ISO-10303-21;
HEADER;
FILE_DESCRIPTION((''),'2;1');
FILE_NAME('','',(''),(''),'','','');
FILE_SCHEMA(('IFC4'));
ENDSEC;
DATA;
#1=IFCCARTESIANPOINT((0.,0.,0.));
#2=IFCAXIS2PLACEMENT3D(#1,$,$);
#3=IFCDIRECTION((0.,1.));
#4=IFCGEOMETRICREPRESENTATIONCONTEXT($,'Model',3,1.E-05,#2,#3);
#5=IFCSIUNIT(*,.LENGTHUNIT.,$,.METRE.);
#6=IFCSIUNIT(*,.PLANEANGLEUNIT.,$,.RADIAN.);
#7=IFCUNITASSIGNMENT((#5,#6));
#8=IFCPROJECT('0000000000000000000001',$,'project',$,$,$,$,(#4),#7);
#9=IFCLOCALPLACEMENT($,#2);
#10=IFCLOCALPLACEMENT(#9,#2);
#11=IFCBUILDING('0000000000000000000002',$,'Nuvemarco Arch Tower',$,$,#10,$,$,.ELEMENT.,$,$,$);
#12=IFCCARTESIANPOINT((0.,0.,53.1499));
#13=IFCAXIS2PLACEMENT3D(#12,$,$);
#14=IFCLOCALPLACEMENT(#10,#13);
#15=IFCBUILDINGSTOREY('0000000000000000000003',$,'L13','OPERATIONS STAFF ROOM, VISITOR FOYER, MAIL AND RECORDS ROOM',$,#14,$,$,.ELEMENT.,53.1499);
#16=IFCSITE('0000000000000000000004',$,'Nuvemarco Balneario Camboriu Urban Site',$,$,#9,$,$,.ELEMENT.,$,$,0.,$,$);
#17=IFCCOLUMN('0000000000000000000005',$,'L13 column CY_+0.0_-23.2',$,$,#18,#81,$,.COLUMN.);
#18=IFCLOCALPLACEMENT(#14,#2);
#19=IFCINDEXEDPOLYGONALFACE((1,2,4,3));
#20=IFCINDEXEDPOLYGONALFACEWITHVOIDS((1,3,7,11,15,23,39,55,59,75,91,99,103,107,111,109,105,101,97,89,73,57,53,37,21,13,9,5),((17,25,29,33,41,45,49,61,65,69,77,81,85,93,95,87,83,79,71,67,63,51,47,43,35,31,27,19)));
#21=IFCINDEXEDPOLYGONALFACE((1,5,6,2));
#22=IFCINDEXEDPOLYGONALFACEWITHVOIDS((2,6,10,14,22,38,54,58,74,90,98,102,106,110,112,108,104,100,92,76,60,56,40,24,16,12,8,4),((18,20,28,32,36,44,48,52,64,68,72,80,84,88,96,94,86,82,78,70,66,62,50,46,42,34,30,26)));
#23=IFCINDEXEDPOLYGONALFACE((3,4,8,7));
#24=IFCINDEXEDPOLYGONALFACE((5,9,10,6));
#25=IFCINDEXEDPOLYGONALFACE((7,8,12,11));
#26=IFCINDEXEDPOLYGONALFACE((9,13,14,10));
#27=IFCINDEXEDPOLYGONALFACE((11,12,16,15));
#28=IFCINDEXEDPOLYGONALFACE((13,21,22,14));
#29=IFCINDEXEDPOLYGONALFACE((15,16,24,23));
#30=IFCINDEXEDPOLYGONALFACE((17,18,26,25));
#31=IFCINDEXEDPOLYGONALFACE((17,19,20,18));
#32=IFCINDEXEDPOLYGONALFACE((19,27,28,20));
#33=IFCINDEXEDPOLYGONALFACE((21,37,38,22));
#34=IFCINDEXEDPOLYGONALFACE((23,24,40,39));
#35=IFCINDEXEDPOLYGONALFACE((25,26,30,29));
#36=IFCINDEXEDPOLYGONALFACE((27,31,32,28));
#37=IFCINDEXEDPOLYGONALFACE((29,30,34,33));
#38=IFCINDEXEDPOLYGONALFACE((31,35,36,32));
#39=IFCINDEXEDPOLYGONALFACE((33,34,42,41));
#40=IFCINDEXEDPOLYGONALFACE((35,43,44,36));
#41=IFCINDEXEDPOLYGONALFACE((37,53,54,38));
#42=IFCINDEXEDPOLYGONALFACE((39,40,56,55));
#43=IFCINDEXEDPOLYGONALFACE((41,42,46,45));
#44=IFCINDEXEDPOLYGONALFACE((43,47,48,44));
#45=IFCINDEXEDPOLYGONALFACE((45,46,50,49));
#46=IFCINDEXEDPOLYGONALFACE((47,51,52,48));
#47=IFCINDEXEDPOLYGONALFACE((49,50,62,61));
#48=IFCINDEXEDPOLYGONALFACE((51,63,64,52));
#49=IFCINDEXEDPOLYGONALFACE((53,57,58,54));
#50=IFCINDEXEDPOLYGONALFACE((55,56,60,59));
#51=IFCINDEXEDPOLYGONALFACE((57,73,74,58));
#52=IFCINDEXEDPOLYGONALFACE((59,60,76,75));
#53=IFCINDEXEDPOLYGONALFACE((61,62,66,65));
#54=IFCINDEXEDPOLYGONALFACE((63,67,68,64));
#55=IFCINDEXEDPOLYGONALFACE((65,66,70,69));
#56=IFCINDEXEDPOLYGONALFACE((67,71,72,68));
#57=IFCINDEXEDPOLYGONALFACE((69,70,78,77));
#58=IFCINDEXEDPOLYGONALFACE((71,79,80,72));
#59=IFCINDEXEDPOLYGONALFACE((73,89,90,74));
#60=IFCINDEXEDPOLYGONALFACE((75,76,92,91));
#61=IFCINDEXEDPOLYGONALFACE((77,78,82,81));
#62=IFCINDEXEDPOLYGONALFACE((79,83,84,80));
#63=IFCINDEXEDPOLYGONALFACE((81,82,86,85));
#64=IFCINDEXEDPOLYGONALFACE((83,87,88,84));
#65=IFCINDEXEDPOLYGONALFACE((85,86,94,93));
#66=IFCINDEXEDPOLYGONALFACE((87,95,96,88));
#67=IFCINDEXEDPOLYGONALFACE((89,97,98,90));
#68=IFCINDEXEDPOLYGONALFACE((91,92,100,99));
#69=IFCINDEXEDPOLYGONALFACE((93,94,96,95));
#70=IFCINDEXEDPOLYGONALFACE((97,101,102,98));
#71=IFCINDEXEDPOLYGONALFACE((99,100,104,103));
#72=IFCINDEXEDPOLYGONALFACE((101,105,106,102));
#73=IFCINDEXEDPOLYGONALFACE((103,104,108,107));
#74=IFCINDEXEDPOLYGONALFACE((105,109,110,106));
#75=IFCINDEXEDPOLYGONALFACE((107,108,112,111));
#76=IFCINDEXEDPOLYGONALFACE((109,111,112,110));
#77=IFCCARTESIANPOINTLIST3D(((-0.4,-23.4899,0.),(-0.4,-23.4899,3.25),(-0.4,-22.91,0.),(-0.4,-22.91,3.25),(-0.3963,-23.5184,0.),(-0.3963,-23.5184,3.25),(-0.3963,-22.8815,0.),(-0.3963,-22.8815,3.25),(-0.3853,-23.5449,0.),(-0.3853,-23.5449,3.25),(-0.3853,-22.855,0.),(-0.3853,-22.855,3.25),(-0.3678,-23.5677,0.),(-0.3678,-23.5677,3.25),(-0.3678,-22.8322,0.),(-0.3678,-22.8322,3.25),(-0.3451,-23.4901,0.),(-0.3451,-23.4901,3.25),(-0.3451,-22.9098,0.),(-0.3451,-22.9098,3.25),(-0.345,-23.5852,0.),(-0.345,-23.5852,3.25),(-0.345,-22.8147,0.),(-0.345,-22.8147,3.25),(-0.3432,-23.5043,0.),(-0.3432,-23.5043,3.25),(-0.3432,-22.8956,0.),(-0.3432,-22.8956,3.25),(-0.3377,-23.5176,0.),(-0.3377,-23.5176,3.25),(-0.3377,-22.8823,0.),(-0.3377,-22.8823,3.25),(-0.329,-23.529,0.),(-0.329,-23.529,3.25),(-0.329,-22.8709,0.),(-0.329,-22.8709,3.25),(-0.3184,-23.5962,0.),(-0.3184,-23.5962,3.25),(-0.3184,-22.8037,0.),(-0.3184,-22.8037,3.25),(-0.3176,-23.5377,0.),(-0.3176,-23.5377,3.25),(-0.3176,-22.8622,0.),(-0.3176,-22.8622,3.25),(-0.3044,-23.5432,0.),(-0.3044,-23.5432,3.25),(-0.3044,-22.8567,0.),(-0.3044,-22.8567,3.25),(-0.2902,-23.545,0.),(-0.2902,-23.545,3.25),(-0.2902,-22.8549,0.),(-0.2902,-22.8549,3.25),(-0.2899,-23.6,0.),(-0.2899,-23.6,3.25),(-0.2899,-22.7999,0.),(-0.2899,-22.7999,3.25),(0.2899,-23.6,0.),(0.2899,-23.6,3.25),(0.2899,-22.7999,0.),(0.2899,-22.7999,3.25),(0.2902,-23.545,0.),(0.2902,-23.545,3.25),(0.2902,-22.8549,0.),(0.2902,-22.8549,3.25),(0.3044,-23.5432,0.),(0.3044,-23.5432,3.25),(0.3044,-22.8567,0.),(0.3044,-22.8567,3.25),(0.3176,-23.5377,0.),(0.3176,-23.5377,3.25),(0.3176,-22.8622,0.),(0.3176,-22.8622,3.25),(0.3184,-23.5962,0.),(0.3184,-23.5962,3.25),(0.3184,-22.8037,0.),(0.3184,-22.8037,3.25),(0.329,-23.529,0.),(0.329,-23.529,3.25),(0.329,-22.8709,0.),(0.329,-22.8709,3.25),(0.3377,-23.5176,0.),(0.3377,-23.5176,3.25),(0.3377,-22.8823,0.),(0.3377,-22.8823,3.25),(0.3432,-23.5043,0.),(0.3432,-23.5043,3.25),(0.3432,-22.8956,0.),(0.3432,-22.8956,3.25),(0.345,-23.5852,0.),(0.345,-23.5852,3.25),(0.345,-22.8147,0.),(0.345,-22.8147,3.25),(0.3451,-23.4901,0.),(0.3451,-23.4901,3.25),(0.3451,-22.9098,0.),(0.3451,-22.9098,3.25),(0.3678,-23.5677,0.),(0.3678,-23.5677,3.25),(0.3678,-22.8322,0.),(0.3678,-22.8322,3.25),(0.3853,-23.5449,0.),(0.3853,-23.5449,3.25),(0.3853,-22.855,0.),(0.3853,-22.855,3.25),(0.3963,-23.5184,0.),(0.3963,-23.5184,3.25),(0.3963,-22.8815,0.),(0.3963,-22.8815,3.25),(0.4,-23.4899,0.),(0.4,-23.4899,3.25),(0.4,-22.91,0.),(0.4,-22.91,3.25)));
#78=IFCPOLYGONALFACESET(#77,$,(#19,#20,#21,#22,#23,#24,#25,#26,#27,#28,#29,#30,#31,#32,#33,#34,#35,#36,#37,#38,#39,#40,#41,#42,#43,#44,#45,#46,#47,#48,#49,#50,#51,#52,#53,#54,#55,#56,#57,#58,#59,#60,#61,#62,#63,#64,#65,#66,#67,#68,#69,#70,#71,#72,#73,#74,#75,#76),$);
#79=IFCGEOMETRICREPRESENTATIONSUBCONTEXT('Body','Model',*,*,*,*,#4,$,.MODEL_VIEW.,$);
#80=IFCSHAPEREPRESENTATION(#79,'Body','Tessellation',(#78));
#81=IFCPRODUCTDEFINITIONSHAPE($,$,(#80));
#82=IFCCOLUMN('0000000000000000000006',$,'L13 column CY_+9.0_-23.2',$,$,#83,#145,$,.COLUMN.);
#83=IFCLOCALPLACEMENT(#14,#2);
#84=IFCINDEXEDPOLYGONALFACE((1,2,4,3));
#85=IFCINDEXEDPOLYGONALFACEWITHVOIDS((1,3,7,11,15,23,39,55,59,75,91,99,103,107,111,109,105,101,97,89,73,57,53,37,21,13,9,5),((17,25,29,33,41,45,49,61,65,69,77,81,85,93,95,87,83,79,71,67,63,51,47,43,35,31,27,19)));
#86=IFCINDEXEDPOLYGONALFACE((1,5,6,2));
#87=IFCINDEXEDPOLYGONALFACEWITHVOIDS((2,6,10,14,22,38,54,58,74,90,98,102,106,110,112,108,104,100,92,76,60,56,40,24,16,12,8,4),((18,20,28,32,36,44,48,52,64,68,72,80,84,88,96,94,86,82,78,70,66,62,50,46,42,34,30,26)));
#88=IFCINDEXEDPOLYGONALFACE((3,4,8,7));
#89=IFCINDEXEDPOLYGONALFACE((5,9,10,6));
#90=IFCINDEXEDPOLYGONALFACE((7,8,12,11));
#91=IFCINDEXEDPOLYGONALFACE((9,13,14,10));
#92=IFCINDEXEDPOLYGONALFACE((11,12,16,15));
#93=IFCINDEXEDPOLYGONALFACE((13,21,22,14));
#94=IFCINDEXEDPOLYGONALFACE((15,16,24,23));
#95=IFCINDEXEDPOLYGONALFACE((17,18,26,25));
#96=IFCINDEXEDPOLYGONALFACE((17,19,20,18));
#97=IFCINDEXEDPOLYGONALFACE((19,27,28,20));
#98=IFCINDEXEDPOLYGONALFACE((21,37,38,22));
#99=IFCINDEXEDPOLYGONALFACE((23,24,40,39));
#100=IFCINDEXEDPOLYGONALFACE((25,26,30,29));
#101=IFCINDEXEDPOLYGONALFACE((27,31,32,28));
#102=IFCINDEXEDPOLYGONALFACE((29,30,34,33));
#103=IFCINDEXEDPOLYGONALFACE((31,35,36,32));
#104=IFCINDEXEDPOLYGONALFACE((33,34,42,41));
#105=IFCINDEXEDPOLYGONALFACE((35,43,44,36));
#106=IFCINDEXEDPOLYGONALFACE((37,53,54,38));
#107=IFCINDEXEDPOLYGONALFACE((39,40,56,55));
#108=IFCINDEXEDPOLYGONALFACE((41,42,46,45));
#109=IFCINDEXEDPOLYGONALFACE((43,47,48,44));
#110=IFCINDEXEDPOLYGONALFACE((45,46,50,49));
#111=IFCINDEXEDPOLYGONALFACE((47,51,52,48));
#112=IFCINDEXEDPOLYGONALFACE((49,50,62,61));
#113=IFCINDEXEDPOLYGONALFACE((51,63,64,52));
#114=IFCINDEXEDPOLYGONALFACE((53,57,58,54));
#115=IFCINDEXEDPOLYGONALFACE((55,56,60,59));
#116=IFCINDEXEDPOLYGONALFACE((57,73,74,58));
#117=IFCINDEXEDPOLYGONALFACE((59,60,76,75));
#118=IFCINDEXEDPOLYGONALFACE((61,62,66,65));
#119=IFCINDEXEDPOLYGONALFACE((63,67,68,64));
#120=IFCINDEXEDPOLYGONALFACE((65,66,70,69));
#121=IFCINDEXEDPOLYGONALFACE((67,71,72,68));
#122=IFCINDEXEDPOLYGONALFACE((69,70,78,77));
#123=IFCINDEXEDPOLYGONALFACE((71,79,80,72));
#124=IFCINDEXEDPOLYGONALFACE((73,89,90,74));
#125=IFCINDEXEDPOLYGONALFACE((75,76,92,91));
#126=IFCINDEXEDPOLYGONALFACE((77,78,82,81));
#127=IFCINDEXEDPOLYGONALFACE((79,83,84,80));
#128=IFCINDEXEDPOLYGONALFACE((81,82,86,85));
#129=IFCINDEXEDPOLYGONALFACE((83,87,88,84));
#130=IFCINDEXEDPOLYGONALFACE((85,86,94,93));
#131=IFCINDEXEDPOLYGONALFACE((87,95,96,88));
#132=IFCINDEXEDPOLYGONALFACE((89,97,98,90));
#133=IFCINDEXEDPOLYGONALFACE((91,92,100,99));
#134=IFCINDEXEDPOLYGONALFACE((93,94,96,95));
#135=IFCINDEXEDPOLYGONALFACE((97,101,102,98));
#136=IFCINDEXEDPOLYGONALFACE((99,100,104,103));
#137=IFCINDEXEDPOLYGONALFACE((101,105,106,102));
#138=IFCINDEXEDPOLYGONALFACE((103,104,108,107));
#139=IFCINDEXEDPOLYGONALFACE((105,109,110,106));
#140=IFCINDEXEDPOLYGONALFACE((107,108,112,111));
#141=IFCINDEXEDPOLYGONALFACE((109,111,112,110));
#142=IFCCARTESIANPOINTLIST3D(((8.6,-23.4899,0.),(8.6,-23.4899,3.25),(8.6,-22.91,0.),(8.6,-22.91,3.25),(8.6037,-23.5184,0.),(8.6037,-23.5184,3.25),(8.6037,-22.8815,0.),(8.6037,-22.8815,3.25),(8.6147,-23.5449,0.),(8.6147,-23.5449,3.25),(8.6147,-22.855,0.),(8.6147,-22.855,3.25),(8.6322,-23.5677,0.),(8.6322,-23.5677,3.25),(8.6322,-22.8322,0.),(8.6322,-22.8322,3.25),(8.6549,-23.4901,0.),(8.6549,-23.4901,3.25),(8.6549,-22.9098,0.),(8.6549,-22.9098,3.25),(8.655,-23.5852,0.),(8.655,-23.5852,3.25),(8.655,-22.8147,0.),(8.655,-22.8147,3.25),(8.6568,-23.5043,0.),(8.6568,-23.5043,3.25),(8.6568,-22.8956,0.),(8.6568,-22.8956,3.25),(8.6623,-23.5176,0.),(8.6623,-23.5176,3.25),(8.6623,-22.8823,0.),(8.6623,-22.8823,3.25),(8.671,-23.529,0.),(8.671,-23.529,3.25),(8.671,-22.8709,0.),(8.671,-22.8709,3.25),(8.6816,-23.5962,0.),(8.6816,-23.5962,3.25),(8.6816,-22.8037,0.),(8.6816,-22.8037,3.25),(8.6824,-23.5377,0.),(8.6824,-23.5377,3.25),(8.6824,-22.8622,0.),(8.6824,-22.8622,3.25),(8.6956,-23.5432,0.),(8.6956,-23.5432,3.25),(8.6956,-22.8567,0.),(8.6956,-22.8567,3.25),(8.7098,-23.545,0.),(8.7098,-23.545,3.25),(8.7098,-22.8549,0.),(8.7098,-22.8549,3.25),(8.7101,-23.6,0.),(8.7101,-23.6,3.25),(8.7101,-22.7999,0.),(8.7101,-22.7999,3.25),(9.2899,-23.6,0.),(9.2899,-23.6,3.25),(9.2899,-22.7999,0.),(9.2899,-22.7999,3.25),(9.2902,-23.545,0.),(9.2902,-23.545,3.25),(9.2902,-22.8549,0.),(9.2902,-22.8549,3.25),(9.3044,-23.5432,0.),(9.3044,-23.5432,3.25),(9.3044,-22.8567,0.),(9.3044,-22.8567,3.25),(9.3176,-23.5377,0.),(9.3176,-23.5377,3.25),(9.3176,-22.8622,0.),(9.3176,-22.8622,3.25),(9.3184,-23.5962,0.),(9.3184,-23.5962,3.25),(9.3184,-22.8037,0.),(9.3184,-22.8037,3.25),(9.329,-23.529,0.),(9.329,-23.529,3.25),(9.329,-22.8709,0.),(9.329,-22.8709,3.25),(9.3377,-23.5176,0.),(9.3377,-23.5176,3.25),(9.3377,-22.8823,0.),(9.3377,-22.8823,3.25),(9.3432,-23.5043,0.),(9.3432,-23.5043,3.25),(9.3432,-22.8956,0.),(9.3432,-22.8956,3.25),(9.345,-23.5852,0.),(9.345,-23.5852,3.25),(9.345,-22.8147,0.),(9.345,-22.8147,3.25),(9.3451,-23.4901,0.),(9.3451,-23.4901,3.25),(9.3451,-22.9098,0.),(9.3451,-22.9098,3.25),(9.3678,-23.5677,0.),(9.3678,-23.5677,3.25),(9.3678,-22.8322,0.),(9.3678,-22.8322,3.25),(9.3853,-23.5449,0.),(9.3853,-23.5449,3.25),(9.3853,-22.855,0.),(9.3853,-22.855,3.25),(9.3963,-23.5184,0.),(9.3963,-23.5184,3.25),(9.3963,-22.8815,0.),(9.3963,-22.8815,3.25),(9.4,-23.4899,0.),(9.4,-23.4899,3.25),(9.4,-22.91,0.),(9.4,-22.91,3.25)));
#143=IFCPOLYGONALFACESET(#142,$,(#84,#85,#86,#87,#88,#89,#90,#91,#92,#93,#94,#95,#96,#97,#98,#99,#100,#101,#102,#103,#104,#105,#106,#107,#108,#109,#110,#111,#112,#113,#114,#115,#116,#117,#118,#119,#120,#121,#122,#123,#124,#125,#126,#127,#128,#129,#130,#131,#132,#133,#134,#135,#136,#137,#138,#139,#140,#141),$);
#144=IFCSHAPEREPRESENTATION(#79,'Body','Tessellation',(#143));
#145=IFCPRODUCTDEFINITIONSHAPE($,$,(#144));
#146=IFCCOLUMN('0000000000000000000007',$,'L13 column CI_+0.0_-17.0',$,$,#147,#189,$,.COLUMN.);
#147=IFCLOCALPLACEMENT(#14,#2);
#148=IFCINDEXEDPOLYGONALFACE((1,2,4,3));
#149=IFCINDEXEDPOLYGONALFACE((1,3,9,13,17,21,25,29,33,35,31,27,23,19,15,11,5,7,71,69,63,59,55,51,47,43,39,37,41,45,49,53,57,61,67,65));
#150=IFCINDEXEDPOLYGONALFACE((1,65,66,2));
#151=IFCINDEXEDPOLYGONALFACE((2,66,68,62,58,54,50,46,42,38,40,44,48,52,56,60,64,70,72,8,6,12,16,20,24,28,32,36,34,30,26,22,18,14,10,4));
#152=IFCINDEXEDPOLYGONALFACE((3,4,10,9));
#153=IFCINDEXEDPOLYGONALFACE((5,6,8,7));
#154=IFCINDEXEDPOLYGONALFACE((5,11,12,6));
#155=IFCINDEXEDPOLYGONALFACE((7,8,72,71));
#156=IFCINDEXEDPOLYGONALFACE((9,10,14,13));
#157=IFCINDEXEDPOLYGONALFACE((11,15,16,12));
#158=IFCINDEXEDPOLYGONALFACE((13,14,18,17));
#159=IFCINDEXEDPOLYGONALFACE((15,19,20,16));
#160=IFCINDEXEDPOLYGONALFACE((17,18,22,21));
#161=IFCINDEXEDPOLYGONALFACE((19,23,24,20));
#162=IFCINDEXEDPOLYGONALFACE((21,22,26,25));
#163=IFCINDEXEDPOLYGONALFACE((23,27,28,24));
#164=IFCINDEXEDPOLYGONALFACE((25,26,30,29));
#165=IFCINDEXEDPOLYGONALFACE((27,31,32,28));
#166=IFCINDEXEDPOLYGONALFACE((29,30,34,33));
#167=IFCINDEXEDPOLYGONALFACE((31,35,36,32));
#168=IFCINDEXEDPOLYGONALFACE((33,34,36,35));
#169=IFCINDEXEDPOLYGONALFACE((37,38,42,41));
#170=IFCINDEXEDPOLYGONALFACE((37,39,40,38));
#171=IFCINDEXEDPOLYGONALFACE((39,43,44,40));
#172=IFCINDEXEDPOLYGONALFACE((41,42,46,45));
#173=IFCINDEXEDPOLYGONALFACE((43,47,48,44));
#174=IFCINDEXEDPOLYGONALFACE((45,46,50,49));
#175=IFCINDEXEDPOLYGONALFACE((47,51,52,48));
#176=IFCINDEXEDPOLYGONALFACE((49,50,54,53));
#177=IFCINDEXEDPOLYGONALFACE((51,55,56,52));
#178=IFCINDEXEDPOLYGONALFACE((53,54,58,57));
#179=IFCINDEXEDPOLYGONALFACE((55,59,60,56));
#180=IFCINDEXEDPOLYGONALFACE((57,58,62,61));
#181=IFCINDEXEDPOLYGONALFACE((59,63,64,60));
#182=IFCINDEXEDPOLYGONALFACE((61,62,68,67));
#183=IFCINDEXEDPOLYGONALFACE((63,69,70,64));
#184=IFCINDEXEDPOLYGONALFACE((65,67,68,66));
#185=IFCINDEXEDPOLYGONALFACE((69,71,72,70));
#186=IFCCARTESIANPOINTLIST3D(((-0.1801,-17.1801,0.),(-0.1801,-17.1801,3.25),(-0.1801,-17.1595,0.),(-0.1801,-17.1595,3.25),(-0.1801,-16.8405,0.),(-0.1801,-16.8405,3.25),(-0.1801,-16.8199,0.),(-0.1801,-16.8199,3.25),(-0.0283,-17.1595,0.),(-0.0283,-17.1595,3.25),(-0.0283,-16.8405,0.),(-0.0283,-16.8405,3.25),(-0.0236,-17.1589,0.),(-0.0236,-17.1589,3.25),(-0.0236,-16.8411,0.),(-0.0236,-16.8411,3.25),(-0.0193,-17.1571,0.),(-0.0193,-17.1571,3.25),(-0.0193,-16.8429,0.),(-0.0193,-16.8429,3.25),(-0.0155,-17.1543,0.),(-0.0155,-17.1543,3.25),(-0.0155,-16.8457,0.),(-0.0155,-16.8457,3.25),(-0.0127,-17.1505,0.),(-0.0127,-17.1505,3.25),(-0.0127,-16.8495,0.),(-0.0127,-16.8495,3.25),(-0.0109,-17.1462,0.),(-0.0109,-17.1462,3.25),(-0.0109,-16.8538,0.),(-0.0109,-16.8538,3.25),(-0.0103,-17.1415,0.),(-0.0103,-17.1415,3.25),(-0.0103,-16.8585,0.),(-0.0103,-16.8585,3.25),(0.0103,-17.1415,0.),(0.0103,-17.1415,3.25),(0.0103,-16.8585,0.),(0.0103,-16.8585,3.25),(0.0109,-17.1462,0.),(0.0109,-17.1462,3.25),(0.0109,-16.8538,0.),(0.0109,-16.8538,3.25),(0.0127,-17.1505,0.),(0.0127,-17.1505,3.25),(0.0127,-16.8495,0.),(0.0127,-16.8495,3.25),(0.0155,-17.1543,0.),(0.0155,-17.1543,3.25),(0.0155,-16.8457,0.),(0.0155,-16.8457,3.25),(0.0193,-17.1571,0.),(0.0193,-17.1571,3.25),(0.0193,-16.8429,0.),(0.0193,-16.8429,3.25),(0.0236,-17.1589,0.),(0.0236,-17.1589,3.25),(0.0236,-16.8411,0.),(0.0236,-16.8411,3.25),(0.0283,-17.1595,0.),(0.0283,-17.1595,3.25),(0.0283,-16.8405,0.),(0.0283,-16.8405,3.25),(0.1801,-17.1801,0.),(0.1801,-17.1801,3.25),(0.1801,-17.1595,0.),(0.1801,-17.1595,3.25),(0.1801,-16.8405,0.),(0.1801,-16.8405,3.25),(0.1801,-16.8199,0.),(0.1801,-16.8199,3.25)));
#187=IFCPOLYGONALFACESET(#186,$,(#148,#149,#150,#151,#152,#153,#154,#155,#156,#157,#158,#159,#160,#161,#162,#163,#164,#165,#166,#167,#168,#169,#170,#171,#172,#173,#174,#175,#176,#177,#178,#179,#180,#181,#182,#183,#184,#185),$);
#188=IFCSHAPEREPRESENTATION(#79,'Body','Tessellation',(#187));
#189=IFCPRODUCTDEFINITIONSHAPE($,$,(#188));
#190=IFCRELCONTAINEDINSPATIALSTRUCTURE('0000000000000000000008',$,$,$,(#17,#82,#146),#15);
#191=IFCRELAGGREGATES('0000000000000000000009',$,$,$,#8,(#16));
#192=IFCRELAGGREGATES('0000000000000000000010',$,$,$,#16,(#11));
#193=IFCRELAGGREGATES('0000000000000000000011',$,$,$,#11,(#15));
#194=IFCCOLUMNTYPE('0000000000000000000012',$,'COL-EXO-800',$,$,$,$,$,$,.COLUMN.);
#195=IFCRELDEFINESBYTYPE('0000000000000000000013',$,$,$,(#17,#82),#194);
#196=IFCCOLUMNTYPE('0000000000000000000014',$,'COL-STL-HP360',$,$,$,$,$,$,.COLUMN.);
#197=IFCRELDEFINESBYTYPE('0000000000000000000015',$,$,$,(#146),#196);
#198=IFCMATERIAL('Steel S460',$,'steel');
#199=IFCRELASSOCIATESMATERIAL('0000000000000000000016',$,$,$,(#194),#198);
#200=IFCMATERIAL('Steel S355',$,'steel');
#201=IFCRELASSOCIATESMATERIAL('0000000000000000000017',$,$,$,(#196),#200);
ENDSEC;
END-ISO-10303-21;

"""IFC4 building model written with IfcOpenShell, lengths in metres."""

from ifc_helpers import new_model, si_unit, direction, frame, origin, origin_2d, place, context, subcontext, project, spatial, hollow_rectangle, i_section, extrude, material, material_profile, profile_set, type_object, element, save


model = new_model("IFC4")

# Units and contexts
model_context = context("Model", 3, precision=1e-05, world=origin(), true_north=direction((0.0, 1.0)))
body_context = subcontext(model_context, "Body", "Model", "MODEL_VIEW")
ifc_project = project(units=[si_unit("LENGTHUNIT", "METRE"), si_unit("PLANEANGLEUNIT", "RADIAN")], contexts=[model_context])

# Site, building, storey
site_placement = place(None, origin())
site = spatial("IfcSite", under=ifc_project, at=site_placement, Name="Nuvemarco Balneario Camboriu Urban Site", CompositionType="ELEMENT", RefElevation=0.0)
building_placement = place(site_placement, origin())
building = spatial("IfcBuilding", under=site, at=building_placement, Name="Nuvemarco Arch Tower", CompositionType="ELEMENT")
storey_placement = place(building_placement, frame((0.0, 0.0, 53.1499)))
storey = spatial("IfcBuildingStorey", under=building, at=storey_placement, Name="L13", Description="OPERATIONS STAFF ROOM, VISITOR FOYER, MAIL AND RECORDS ROOM", CompositionType="ELEMENT", Elevation=53.1499)

# Columns
ifc_material_1 = material(Name="Steel S460", Category="steel")
ifc_material_profile_1 = material_profile(ifc_material_1, hollow_rectangle(XDim=0.8, YDim=0.8, WallThickness=0.0549, InnerFilletRadius=0.0549, OuterFilletRadius=0.1101, at=origin_2d()), Name="SHS800x800x55")
ifc_profile_set_1 = profile_set([ifc_material_profile_1], Name="Steel S460")
column_type_1 = type_object("IfcColumnType", Name="COL-EXO-800", PredefinedType="COLUMN", material=ifc_profile_set_1)
for number, where, z_axis, x_axis, name in (
    (1, (0.0, -23.2, 0.0), (0.0, 0.0, 1.0), (1.0, 0.0, 0.0), "L13 column CY_+0.0_-23.2"),
    (2, (9.0, -23.2, 0.0), (0.0, 0.0, 1.0), (1.0, 0.0, 0.0), "L13 column CY_+9.0_-23.2"),
):
    element("IfcColumn", number, at=place(storey_placement, frame(where, z_axis=z_axis, x_axis=x_axis)), inside=storey, type_object=column_type_1, Name=name, PredefinedType="COLUMN", context=body_context, shape_type="SweptSolid", body=[
        extrude(hollow_rectangle(XDim=0.8, YDim=0.8, WallThickness=0.0549, InnerFilletRadius=0.0549, OuterFilletRadius=0.1101, at=origin_2d()), origin(), (0.0, 0.0, 1.0), 3.25),
    ])
ifc_material_2 = material(Name="Steel S355", Category="steel")
ifc_material_profile_2 = material_profile(ifc_material_2, i_section(OverallWidth=0.3601, OverallDepth=0.3601, WebThickness=0.0205, FlangeThickness=0.0205, FilletRadius=0.0181, at=origin_2d()), Name="HP360x174")
ifc_profile_set_2 = profile_set([ifc_material_profile_2], Name="Steel S355")
column_type_2 = type_object("IfcColumnType", Name="COL-STL-HP360", PredefinedType="COLUMN", material=ifc_profile_set_2)
for number, where, z_axis, x_axis, name in (
    (3, (0.0, -17.0, 0.0), (0.0, 0.0, 1.0), (1.0, 0.0, 0.0), "L13 column CI_+0.0_-17.0"),
):
    element("IfcColumn", number, at=place(storey_placement, frame(where, z_axis=z_axis, x_axis=x_axis)), inside=storey, type_object=column_type_2, Name=name, PredefinedType="COLUMN", context=body_context, shape_type="SweptSolid", body=[
        extrude(i_section(OverallWidth=0.3601, OverallDepth=0.3601, WebThickness=0.0205, FlangeThickness=0.0205, FilletRadius=0.0181, at=origin_2d()), origin(), (0.0, 0.0, 1.0), 3.25),
    ])

save(model, "model.ifc")
